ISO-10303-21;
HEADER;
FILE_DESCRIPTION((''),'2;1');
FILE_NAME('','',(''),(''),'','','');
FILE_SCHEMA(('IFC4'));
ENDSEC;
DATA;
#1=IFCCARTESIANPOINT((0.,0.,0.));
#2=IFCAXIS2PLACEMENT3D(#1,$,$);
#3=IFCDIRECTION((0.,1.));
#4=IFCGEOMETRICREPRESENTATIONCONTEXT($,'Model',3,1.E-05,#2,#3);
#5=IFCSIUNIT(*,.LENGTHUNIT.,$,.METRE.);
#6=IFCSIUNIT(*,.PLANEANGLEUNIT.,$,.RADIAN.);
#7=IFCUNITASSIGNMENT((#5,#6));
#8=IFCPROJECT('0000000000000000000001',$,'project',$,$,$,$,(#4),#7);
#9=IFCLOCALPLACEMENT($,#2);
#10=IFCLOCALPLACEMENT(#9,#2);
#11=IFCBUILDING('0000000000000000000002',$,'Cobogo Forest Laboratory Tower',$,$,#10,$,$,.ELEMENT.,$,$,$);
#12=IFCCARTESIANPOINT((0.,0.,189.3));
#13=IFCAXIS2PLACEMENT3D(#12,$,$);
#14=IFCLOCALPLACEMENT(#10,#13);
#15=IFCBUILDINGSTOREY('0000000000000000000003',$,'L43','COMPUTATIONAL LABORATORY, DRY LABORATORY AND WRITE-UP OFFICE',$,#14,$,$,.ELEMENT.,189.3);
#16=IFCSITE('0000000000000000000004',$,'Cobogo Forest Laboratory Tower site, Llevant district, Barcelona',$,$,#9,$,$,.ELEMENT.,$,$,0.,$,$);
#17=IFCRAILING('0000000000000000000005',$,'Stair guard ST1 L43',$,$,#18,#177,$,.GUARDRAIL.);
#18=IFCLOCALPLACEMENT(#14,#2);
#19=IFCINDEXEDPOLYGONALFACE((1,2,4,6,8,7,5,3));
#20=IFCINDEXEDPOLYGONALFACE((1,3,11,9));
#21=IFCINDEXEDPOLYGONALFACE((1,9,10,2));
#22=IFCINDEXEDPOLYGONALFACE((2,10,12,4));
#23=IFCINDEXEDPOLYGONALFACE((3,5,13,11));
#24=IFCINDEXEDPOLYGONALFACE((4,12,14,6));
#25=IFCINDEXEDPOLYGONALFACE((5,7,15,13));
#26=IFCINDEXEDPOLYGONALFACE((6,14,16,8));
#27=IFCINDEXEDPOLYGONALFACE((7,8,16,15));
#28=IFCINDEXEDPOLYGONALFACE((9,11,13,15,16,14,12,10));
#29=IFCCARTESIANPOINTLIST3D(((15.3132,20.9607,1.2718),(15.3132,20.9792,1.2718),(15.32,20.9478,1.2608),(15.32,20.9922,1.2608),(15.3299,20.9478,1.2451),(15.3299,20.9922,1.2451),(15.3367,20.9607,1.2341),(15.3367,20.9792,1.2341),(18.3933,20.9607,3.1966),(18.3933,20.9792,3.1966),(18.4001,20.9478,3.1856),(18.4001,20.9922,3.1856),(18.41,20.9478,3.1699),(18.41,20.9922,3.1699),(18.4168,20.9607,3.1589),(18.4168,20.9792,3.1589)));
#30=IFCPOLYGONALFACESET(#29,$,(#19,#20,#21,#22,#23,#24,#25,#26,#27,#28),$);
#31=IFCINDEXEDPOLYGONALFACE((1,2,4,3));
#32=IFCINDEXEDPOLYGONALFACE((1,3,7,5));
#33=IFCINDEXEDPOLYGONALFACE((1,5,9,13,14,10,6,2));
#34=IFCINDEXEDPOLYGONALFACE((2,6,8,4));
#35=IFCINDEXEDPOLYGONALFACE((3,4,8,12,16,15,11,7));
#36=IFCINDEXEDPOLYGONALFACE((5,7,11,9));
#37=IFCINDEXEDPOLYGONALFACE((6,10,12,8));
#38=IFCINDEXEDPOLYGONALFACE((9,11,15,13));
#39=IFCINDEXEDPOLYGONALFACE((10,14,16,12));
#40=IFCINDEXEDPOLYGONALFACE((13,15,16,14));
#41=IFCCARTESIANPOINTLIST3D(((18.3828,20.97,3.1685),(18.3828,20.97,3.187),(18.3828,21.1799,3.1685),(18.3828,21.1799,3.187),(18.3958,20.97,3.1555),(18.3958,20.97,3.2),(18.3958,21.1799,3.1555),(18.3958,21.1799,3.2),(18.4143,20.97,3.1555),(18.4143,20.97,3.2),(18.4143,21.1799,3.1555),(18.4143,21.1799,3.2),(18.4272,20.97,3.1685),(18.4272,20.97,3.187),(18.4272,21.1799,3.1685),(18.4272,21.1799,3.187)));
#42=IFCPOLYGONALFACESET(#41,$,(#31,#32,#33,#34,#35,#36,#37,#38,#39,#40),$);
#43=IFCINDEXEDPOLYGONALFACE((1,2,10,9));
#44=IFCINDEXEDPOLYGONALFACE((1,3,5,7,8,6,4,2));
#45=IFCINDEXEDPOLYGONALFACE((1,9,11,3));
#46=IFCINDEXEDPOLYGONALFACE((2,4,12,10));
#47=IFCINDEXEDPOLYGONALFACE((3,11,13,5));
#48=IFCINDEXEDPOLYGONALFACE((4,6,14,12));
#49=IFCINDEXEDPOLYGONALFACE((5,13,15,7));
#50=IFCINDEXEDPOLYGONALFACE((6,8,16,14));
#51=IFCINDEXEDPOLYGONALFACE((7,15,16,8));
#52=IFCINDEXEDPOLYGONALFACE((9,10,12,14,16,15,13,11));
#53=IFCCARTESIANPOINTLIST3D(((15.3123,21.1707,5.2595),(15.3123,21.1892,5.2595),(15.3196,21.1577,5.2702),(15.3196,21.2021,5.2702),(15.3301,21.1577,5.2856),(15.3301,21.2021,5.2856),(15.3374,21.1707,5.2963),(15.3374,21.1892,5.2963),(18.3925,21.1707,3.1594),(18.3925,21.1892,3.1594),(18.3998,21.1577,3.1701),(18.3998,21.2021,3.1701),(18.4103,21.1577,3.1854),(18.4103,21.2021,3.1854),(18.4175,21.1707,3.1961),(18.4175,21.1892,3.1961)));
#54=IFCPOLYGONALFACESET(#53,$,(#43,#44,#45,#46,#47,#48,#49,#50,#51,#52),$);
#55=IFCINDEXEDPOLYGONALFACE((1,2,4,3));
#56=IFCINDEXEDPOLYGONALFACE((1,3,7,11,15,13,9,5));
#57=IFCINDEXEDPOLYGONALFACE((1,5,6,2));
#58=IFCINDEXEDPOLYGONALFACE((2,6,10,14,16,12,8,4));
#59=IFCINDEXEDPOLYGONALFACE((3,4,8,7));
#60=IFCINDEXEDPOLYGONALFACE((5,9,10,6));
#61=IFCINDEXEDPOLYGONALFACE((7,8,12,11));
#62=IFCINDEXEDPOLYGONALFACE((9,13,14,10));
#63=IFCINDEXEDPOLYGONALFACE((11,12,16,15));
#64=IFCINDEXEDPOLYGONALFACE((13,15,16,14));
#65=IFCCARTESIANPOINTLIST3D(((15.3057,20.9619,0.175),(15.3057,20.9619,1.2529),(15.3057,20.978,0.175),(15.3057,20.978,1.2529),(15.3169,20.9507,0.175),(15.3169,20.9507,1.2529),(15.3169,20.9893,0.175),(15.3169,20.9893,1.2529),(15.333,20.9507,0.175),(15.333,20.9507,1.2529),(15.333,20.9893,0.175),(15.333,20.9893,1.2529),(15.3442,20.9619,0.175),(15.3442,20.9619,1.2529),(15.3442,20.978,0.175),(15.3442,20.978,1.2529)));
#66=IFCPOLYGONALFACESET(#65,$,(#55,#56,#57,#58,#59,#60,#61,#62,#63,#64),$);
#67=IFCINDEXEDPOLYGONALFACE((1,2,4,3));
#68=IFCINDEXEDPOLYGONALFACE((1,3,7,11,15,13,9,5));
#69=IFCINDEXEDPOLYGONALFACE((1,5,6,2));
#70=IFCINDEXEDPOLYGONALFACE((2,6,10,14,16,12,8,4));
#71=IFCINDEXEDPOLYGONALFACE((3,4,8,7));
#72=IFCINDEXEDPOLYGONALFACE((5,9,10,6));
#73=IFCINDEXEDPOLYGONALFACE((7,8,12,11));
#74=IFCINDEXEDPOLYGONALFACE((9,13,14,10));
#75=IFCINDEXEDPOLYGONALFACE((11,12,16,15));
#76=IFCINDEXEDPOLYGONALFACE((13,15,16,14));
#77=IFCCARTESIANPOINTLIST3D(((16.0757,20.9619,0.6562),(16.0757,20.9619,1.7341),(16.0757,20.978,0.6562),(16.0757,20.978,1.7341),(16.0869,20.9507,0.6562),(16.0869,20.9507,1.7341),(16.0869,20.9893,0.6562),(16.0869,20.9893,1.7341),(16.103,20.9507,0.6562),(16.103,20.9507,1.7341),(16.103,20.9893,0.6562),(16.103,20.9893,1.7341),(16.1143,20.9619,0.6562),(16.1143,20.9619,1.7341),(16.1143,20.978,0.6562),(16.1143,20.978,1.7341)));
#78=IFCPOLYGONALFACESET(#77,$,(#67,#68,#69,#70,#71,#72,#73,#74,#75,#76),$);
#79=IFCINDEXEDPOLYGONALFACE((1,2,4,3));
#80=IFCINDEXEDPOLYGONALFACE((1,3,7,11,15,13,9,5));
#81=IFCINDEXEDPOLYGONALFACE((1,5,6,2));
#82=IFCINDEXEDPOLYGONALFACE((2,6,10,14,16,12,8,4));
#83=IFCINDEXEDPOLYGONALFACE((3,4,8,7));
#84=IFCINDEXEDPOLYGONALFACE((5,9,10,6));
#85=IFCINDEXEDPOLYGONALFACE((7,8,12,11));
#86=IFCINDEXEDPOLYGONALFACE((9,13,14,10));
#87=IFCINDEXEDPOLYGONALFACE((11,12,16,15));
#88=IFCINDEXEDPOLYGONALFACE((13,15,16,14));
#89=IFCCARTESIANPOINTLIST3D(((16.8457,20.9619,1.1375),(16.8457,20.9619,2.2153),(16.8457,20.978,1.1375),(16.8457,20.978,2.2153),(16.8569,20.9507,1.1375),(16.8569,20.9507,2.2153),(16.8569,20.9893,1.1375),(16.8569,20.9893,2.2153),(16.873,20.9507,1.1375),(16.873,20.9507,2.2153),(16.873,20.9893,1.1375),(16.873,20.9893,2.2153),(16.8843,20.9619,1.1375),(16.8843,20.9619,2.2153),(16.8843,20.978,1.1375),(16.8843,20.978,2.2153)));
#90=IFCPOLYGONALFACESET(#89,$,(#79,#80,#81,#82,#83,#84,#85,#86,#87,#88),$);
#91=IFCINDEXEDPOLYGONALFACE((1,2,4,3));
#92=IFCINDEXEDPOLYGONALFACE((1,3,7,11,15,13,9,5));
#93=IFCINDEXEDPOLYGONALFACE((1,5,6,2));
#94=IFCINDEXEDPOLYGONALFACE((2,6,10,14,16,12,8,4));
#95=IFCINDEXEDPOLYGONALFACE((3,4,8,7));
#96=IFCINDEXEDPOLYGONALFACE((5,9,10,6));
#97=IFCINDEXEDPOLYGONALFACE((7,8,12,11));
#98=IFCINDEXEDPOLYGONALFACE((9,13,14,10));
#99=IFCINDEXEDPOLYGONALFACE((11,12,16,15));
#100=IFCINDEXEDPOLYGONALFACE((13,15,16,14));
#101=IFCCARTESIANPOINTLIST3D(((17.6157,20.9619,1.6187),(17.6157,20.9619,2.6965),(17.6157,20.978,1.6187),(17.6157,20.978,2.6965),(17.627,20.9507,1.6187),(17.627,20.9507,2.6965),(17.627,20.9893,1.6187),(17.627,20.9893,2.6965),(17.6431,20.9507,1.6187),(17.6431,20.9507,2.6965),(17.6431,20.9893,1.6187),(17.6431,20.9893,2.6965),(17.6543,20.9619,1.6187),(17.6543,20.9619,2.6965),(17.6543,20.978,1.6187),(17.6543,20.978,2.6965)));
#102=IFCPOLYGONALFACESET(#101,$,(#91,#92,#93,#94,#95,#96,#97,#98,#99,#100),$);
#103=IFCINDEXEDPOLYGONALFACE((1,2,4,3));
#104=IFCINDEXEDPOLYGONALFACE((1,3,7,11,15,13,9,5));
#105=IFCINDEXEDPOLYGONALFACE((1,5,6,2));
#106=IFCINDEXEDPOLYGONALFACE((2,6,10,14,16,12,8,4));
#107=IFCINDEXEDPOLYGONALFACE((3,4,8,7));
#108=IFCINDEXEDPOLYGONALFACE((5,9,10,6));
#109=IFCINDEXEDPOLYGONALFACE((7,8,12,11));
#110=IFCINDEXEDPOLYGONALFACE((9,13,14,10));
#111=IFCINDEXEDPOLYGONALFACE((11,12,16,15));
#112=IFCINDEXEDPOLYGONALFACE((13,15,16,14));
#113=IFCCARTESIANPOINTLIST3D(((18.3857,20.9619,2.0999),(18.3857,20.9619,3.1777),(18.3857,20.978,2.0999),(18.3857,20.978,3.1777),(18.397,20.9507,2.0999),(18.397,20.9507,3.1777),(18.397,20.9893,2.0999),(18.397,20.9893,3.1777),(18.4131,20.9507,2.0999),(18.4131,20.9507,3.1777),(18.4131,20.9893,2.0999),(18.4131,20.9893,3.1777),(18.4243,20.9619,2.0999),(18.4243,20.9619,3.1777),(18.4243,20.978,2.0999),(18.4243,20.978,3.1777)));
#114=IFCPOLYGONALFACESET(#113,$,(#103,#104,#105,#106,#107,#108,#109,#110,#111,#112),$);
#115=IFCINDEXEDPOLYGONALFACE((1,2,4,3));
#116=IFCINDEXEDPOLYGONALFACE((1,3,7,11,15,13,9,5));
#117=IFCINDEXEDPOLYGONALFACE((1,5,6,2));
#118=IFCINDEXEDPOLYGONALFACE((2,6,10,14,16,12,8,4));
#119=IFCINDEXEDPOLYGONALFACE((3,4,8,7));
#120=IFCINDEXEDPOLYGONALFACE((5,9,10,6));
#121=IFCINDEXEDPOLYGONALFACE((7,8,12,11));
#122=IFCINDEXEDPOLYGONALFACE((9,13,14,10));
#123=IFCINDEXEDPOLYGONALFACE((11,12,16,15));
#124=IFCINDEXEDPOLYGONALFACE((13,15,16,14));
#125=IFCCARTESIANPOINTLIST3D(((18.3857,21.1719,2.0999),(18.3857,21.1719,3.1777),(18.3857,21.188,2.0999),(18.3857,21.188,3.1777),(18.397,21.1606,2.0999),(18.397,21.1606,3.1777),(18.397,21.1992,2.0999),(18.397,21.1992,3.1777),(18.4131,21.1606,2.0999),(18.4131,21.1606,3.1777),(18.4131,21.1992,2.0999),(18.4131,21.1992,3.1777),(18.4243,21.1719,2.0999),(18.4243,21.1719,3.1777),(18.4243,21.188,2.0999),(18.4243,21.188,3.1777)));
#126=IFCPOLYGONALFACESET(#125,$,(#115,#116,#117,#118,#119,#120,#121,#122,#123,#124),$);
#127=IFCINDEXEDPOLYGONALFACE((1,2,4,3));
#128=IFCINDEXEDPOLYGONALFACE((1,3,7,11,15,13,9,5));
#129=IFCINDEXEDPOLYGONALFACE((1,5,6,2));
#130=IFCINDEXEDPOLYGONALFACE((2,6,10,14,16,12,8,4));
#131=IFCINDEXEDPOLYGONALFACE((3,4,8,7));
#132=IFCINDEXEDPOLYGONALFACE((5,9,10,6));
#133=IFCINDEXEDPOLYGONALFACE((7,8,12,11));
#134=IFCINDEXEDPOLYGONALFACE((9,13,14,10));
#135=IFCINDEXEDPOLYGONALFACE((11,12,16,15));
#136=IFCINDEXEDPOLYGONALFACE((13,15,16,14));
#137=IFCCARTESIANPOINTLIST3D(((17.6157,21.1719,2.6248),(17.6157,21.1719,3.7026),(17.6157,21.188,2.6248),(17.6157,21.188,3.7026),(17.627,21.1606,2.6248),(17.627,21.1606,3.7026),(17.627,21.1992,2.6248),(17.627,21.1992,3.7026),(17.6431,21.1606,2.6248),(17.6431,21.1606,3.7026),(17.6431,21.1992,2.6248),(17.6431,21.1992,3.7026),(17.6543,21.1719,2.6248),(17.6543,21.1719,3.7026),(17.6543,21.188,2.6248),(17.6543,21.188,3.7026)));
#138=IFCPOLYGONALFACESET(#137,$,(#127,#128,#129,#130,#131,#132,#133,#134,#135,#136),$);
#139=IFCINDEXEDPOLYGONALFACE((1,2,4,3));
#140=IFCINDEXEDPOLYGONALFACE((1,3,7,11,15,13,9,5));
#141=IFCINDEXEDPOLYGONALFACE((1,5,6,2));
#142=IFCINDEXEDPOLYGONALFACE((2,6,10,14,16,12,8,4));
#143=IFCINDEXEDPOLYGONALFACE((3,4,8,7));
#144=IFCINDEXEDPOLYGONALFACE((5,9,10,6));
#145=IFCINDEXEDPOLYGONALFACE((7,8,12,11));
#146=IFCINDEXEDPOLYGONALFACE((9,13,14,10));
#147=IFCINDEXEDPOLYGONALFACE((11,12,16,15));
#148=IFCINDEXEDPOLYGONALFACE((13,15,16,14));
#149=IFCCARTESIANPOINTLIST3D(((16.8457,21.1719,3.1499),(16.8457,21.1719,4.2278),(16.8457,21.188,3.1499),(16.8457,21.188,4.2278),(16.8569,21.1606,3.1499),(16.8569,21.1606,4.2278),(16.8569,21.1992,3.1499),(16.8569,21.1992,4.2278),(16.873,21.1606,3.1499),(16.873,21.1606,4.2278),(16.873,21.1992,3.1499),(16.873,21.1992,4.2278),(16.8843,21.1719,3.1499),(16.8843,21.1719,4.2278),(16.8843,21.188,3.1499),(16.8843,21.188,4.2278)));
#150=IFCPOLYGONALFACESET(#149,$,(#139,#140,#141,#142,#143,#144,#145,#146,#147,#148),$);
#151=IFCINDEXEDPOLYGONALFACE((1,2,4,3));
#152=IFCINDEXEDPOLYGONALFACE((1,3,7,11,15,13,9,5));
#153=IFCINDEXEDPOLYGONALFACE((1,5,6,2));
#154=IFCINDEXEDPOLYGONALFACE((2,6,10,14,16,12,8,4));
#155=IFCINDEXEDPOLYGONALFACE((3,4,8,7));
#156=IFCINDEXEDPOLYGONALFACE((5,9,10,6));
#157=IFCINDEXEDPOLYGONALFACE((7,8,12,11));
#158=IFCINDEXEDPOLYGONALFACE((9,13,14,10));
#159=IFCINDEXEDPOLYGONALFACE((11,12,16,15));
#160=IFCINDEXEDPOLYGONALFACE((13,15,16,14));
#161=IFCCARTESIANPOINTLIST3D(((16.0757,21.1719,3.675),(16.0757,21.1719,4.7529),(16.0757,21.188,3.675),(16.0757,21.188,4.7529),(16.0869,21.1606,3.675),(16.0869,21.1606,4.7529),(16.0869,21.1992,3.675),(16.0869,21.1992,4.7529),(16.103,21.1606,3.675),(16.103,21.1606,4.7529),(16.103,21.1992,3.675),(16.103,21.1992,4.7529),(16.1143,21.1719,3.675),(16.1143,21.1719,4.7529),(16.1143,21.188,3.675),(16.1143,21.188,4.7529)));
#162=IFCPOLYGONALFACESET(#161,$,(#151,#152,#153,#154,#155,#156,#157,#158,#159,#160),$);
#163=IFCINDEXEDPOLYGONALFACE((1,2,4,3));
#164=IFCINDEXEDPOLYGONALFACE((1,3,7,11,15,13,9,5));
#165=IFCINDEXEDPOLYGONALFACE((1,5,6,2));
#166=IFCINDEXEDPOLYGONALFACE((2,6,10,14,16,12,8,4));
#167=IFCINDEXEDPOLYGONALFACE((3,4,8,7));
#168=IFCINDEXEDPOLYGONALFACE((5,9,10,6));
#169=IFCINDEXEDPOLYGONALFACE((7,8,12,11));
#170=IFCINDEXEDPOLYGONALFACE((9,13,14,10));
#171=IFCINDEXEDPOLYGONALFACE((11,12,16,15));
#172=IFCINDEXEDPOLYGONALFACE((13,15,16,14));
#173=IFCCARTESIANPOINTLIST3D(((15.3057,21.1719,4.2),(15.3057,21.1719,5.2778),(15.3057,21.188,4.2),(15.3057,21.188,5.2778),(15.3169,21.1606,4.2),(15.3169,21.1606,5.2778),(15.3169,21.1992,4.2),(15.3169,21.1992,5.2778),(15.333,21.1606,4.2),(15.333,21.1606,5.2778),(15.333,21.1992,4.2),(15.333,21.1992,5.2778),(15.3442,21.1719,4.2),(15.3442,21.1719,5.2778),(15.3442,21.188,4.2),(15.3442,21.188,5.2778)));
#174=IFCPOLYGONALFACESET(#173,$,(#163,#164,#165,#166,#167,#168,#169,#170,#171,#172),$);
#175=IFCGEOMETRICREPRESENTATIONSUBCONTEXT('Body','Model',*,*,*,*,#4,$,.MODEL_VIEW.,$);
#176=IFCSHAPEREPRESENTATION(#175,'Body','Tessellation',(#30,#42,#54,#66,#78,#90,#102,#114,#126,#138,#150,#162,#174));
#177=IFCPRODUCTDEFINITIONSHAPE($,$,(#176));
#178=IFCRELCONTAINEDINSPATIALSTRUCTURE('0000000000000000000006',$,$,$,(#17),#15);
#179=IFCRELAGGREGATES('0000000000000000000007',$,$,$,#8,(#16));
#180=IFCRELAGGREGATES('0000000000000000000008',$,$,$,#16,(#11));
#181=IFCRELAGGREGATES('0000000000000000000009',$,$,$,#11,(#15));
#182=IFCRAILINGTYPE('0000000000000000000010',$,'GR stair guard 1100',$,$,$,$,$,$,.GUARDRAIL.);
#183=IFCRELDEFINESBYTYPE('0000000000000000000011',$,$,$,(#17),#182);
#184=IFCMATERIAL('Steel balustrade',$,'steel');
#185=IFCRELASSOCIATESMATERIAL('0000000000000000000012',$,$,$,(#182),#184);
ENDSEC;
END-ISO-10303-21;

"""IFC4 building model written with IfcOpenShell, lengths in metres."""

from ifc_helpers import new_model, si_unit, direction, frame, origin, place, context, subcontext, project, spatial, polyline, outline, extrude, material, type_object, element, save


model = new_model("IFC4")

# Units and contexts
model_context = context("Model", 3, precision=1e-05, world=origin(), true_north=direction((0.0, 1.0)))
body_context = subcontext(model_context, "Body", "Model", "MODEL_VIEW")
ifc_project = project(units=[si_unit("LENGTHUNIT", "METRE"), si_unit("PLANEANGLEUNIT", "RADIAN")], contexts=[model_context])

# Site, building, storey
site_placement = place(None, origin())
site = spatial("IfcSite", under=ifc_project, at=site_placement, Name="Cobogo Forest Laboratory Tower site, Llevant district, Barcelona", CompositionType="ELEMENT", RefElevation=0.0)
building_placement = place(site_placement, origin())
building = spatial("IfcBuilding", under=site, at=building_placement, Name="Cobogo Forest Laboratory Tower", CompositionType="ELEMENT")
storey_placement = place(building_placement, frame((0.0, 0.0, 189.3)))
storey = spatial("IfcBuildingStorey", under=building, at=storey_placement, Name="L43", Description="COMPUTATIONAL LABORATORY, DRY LABORATORY AND WRITE-UP OFFICE", CompositionType="ELEMENT", Elevation=189.3)

# Railing
ifc_material_1 = material(Name="Steel balustrade", Category="steel")
railing_type_1 = type_object("IfcRailingType", Name="GR stair guard 1100", PredefinedType="GUARDRAIL", material=ifc_material_1)
railing_1_placement = place(storey_placement, frame((15.325, 20.97, 0.175)))
element("IfcRailing", 1, at=railing_1_placement, inside=storey, type_object=railing_type_1, Name="Stair guard ST1 L43", PredefinedType="GUARDRAIL", context=body_context, shape_type="SweptSolid", body=[
    extrude(outline(polyline([(0.0222, 0.0093), (0.0093, 0.0222), (-0.0093, 0.0222), (-0.0222, 0.0093), (-0.0222, -0.0093), (-0.0093, -0.0222), (0.0093, -0.0222), (0.0222, -0.0093), (0.0222, 0.0093)])), frame((0.0, 0.0, 1.0779), z_axis=(0.848029, 0.0, 0.529951), x_axis=(0.0, 1.0, 0.0)), (0.0, 0.0, 1.0), 3.6321),
    extrude(outline(polyline([(0.0222, 0.0093), (0.0093, 0.0222), (-0.0093, 0.0222), (-0.0222, 0.0093), (-0.0222, -0.0093), (-0.0093, -0.0222), (0.0093, -0.0222), (0.0222, -0.0093), (0.0222, 0.0093)])), frame((3.0801, 0.0, 3.0027), z_axis=(0.0, 1.0, 0.0), x_axis=(-1.0, 0.0, 0.0)), (0.0, 0.0, 1.0), 0.21),
    extrude(outline(polyline([(0.0222, 0.0093), (0.0093, 0.0222), (-0.0093, 0.0222), (-0.0222, 0.0093), (-0.0222, -0.0093), (-0.0093, -0.0222), (0.0093, -0.0222), (0.0222, -0.0093), (0.0222, 0.0093)])), frame((3.0801, 0.21, 3.0027), z_axis=(-0.826222, 0.0, 0.563345), x_axis=(0.0, -1.0, 0.0)), (0.0, 0.0, 1.0), 3.728),
    extrude(outline(polyline([(0.0193, 0.0081), (0.0081, 0.0193), (-0.0081, 0.0193), (-0.0193, 0.0081), (-0.0193, -0.0081), (-0.0081, -0.0193), (0.0081, -0.0193), (0.0193, -0.0081), (0.0193, 0.0081)])), origin(), (0.0, 0.0, 1.0), 1.0779),
    extrude(outline(polyline([(0.0193, 0.0081), (0.0081, 0.0193), (-0.0081, 0.0193), (-0.0193, 0.0081), (-0.0193, -0.0081), (-0.0081, -0.0193), (0.0081, -0.0193), (0.0193, -0.0081), (0.0193, 0.0081)])), frame((0.77, 0.0, 0.4812)), (0.0, 0.0, 1.0), 1.0779),
    extrude(outline(polyline([(0.0193, 0.0081), (0.0081, 0.0193), (-0.0081, 0.0193), (-0.0193, 0.0081), (-0.0193, -0.0081), (-0.0081, -0.0193), (0.0081, -0.0193), (0.0193, -0.0081), (0.0193, 0.0081)])), frame((1.54, 0.0, 0.9624)), (0.0, 0.0, 1.0), 1.0779),
    extrude(outline(polyline([(0.0193, 0.0081), (0.0081, 0.0193), (-0.0081, 0.0193), (-0.0193, 0.0081), (-0.0193, -0.0081), (-0.0081, -0.0193), (0.0081, -0.0193), (0.0193, -0.0081), (0.0193, 0.0081)])), frame((2.3101, 0.0, 1.4436)), (0.0, 0.0, 1.0), 1.0779),
    extrude(outline(polyline([(0.0193, 0.0081), (0.0081, 0.0193), (-0.0081, 0.0193), (-0.0193, 0.0081), (-0.0193, -0.0081), (-0.0081, -0.0193), (0.0081, -0.0193), (0.0193, -0.0081), (0.0193, 0.0081)])), frame((3.0801, 0.0, 1.9248)), (0.0, 0.0, 1.0), 1.0779),
    extrude(outline(polyline([(0.0193, 0.0081), (0.0081, 0.0193), (-0.0081, 0.0193), (-0.0193, 0.0081), (-0.0193, -0.0081), (-0.0081, -0.0193), (0.0081, -0.0193), (0.0193, -0.0081), (0.0193, 0.0081)])), frame((3.0801, 0.21, 1.9248)), (0.0, 0.0, 1.0), 1.0779),
    extrude(outline(polyline([(0.0193, 0.0081), (0.0081, 0.0193), (-0.0081, 0.0193), (-0.0193, 0.0081), (-0.0193, -0.0081), (-0.0081, -0.0193), (0.0081, -0.0193), (0.0193, -0.0081), (0.0193, 0.0081)])), frame((2.3101, 0.21, 2.4497)), (0.0, 0.0, 1.0), 1.0779),
    extrude(outline(polyline([(0.0193, 0.0081), (0.0081, 0.0193), (-0.0081, 0.0193), (-0.0193, 0.0081), (-0.0193, -0.0081), (-0.0081, -0.0193), (0.0081, -0.0193), (0.0193, -0.0081), (0.0193, 0.0081)])), frame((1.54, 0.21, 2.9749)), (0.0, 0.0, 1.0), 1.0779),
    extrude(outline(polyline([(0.0193, 0.0081), (0.0081, 0.0193), (-0.0081, 0.0193), (-0.0193, 0.0081), (-0.0193, -0.0081), (-0.0081, -0.0193), (0.0081, -0.0193), (0.0193, -0.0081), (0.0193, 0.0081)])), frame((0.77, 0.21, 3.5)), (0.0, 0.0, 1.0), 1.0779),
    extrude(outline(polyline([(0.0193, 0.0081), (0.0081, 0.0193), (-0.0081, 0.0193), (-0.0193, 0.0081), (-0.0193, -0.0081), (-0.0081, -0.0193), (0.0081, -0.0193), (0.0193, -0.0081), (0.0193, 0.0081)])), frame((0.0, 0.21, 4.0249)), (0.0, 0.0, 1.0), 1.0779),
])

save(model, "model.ifc")
